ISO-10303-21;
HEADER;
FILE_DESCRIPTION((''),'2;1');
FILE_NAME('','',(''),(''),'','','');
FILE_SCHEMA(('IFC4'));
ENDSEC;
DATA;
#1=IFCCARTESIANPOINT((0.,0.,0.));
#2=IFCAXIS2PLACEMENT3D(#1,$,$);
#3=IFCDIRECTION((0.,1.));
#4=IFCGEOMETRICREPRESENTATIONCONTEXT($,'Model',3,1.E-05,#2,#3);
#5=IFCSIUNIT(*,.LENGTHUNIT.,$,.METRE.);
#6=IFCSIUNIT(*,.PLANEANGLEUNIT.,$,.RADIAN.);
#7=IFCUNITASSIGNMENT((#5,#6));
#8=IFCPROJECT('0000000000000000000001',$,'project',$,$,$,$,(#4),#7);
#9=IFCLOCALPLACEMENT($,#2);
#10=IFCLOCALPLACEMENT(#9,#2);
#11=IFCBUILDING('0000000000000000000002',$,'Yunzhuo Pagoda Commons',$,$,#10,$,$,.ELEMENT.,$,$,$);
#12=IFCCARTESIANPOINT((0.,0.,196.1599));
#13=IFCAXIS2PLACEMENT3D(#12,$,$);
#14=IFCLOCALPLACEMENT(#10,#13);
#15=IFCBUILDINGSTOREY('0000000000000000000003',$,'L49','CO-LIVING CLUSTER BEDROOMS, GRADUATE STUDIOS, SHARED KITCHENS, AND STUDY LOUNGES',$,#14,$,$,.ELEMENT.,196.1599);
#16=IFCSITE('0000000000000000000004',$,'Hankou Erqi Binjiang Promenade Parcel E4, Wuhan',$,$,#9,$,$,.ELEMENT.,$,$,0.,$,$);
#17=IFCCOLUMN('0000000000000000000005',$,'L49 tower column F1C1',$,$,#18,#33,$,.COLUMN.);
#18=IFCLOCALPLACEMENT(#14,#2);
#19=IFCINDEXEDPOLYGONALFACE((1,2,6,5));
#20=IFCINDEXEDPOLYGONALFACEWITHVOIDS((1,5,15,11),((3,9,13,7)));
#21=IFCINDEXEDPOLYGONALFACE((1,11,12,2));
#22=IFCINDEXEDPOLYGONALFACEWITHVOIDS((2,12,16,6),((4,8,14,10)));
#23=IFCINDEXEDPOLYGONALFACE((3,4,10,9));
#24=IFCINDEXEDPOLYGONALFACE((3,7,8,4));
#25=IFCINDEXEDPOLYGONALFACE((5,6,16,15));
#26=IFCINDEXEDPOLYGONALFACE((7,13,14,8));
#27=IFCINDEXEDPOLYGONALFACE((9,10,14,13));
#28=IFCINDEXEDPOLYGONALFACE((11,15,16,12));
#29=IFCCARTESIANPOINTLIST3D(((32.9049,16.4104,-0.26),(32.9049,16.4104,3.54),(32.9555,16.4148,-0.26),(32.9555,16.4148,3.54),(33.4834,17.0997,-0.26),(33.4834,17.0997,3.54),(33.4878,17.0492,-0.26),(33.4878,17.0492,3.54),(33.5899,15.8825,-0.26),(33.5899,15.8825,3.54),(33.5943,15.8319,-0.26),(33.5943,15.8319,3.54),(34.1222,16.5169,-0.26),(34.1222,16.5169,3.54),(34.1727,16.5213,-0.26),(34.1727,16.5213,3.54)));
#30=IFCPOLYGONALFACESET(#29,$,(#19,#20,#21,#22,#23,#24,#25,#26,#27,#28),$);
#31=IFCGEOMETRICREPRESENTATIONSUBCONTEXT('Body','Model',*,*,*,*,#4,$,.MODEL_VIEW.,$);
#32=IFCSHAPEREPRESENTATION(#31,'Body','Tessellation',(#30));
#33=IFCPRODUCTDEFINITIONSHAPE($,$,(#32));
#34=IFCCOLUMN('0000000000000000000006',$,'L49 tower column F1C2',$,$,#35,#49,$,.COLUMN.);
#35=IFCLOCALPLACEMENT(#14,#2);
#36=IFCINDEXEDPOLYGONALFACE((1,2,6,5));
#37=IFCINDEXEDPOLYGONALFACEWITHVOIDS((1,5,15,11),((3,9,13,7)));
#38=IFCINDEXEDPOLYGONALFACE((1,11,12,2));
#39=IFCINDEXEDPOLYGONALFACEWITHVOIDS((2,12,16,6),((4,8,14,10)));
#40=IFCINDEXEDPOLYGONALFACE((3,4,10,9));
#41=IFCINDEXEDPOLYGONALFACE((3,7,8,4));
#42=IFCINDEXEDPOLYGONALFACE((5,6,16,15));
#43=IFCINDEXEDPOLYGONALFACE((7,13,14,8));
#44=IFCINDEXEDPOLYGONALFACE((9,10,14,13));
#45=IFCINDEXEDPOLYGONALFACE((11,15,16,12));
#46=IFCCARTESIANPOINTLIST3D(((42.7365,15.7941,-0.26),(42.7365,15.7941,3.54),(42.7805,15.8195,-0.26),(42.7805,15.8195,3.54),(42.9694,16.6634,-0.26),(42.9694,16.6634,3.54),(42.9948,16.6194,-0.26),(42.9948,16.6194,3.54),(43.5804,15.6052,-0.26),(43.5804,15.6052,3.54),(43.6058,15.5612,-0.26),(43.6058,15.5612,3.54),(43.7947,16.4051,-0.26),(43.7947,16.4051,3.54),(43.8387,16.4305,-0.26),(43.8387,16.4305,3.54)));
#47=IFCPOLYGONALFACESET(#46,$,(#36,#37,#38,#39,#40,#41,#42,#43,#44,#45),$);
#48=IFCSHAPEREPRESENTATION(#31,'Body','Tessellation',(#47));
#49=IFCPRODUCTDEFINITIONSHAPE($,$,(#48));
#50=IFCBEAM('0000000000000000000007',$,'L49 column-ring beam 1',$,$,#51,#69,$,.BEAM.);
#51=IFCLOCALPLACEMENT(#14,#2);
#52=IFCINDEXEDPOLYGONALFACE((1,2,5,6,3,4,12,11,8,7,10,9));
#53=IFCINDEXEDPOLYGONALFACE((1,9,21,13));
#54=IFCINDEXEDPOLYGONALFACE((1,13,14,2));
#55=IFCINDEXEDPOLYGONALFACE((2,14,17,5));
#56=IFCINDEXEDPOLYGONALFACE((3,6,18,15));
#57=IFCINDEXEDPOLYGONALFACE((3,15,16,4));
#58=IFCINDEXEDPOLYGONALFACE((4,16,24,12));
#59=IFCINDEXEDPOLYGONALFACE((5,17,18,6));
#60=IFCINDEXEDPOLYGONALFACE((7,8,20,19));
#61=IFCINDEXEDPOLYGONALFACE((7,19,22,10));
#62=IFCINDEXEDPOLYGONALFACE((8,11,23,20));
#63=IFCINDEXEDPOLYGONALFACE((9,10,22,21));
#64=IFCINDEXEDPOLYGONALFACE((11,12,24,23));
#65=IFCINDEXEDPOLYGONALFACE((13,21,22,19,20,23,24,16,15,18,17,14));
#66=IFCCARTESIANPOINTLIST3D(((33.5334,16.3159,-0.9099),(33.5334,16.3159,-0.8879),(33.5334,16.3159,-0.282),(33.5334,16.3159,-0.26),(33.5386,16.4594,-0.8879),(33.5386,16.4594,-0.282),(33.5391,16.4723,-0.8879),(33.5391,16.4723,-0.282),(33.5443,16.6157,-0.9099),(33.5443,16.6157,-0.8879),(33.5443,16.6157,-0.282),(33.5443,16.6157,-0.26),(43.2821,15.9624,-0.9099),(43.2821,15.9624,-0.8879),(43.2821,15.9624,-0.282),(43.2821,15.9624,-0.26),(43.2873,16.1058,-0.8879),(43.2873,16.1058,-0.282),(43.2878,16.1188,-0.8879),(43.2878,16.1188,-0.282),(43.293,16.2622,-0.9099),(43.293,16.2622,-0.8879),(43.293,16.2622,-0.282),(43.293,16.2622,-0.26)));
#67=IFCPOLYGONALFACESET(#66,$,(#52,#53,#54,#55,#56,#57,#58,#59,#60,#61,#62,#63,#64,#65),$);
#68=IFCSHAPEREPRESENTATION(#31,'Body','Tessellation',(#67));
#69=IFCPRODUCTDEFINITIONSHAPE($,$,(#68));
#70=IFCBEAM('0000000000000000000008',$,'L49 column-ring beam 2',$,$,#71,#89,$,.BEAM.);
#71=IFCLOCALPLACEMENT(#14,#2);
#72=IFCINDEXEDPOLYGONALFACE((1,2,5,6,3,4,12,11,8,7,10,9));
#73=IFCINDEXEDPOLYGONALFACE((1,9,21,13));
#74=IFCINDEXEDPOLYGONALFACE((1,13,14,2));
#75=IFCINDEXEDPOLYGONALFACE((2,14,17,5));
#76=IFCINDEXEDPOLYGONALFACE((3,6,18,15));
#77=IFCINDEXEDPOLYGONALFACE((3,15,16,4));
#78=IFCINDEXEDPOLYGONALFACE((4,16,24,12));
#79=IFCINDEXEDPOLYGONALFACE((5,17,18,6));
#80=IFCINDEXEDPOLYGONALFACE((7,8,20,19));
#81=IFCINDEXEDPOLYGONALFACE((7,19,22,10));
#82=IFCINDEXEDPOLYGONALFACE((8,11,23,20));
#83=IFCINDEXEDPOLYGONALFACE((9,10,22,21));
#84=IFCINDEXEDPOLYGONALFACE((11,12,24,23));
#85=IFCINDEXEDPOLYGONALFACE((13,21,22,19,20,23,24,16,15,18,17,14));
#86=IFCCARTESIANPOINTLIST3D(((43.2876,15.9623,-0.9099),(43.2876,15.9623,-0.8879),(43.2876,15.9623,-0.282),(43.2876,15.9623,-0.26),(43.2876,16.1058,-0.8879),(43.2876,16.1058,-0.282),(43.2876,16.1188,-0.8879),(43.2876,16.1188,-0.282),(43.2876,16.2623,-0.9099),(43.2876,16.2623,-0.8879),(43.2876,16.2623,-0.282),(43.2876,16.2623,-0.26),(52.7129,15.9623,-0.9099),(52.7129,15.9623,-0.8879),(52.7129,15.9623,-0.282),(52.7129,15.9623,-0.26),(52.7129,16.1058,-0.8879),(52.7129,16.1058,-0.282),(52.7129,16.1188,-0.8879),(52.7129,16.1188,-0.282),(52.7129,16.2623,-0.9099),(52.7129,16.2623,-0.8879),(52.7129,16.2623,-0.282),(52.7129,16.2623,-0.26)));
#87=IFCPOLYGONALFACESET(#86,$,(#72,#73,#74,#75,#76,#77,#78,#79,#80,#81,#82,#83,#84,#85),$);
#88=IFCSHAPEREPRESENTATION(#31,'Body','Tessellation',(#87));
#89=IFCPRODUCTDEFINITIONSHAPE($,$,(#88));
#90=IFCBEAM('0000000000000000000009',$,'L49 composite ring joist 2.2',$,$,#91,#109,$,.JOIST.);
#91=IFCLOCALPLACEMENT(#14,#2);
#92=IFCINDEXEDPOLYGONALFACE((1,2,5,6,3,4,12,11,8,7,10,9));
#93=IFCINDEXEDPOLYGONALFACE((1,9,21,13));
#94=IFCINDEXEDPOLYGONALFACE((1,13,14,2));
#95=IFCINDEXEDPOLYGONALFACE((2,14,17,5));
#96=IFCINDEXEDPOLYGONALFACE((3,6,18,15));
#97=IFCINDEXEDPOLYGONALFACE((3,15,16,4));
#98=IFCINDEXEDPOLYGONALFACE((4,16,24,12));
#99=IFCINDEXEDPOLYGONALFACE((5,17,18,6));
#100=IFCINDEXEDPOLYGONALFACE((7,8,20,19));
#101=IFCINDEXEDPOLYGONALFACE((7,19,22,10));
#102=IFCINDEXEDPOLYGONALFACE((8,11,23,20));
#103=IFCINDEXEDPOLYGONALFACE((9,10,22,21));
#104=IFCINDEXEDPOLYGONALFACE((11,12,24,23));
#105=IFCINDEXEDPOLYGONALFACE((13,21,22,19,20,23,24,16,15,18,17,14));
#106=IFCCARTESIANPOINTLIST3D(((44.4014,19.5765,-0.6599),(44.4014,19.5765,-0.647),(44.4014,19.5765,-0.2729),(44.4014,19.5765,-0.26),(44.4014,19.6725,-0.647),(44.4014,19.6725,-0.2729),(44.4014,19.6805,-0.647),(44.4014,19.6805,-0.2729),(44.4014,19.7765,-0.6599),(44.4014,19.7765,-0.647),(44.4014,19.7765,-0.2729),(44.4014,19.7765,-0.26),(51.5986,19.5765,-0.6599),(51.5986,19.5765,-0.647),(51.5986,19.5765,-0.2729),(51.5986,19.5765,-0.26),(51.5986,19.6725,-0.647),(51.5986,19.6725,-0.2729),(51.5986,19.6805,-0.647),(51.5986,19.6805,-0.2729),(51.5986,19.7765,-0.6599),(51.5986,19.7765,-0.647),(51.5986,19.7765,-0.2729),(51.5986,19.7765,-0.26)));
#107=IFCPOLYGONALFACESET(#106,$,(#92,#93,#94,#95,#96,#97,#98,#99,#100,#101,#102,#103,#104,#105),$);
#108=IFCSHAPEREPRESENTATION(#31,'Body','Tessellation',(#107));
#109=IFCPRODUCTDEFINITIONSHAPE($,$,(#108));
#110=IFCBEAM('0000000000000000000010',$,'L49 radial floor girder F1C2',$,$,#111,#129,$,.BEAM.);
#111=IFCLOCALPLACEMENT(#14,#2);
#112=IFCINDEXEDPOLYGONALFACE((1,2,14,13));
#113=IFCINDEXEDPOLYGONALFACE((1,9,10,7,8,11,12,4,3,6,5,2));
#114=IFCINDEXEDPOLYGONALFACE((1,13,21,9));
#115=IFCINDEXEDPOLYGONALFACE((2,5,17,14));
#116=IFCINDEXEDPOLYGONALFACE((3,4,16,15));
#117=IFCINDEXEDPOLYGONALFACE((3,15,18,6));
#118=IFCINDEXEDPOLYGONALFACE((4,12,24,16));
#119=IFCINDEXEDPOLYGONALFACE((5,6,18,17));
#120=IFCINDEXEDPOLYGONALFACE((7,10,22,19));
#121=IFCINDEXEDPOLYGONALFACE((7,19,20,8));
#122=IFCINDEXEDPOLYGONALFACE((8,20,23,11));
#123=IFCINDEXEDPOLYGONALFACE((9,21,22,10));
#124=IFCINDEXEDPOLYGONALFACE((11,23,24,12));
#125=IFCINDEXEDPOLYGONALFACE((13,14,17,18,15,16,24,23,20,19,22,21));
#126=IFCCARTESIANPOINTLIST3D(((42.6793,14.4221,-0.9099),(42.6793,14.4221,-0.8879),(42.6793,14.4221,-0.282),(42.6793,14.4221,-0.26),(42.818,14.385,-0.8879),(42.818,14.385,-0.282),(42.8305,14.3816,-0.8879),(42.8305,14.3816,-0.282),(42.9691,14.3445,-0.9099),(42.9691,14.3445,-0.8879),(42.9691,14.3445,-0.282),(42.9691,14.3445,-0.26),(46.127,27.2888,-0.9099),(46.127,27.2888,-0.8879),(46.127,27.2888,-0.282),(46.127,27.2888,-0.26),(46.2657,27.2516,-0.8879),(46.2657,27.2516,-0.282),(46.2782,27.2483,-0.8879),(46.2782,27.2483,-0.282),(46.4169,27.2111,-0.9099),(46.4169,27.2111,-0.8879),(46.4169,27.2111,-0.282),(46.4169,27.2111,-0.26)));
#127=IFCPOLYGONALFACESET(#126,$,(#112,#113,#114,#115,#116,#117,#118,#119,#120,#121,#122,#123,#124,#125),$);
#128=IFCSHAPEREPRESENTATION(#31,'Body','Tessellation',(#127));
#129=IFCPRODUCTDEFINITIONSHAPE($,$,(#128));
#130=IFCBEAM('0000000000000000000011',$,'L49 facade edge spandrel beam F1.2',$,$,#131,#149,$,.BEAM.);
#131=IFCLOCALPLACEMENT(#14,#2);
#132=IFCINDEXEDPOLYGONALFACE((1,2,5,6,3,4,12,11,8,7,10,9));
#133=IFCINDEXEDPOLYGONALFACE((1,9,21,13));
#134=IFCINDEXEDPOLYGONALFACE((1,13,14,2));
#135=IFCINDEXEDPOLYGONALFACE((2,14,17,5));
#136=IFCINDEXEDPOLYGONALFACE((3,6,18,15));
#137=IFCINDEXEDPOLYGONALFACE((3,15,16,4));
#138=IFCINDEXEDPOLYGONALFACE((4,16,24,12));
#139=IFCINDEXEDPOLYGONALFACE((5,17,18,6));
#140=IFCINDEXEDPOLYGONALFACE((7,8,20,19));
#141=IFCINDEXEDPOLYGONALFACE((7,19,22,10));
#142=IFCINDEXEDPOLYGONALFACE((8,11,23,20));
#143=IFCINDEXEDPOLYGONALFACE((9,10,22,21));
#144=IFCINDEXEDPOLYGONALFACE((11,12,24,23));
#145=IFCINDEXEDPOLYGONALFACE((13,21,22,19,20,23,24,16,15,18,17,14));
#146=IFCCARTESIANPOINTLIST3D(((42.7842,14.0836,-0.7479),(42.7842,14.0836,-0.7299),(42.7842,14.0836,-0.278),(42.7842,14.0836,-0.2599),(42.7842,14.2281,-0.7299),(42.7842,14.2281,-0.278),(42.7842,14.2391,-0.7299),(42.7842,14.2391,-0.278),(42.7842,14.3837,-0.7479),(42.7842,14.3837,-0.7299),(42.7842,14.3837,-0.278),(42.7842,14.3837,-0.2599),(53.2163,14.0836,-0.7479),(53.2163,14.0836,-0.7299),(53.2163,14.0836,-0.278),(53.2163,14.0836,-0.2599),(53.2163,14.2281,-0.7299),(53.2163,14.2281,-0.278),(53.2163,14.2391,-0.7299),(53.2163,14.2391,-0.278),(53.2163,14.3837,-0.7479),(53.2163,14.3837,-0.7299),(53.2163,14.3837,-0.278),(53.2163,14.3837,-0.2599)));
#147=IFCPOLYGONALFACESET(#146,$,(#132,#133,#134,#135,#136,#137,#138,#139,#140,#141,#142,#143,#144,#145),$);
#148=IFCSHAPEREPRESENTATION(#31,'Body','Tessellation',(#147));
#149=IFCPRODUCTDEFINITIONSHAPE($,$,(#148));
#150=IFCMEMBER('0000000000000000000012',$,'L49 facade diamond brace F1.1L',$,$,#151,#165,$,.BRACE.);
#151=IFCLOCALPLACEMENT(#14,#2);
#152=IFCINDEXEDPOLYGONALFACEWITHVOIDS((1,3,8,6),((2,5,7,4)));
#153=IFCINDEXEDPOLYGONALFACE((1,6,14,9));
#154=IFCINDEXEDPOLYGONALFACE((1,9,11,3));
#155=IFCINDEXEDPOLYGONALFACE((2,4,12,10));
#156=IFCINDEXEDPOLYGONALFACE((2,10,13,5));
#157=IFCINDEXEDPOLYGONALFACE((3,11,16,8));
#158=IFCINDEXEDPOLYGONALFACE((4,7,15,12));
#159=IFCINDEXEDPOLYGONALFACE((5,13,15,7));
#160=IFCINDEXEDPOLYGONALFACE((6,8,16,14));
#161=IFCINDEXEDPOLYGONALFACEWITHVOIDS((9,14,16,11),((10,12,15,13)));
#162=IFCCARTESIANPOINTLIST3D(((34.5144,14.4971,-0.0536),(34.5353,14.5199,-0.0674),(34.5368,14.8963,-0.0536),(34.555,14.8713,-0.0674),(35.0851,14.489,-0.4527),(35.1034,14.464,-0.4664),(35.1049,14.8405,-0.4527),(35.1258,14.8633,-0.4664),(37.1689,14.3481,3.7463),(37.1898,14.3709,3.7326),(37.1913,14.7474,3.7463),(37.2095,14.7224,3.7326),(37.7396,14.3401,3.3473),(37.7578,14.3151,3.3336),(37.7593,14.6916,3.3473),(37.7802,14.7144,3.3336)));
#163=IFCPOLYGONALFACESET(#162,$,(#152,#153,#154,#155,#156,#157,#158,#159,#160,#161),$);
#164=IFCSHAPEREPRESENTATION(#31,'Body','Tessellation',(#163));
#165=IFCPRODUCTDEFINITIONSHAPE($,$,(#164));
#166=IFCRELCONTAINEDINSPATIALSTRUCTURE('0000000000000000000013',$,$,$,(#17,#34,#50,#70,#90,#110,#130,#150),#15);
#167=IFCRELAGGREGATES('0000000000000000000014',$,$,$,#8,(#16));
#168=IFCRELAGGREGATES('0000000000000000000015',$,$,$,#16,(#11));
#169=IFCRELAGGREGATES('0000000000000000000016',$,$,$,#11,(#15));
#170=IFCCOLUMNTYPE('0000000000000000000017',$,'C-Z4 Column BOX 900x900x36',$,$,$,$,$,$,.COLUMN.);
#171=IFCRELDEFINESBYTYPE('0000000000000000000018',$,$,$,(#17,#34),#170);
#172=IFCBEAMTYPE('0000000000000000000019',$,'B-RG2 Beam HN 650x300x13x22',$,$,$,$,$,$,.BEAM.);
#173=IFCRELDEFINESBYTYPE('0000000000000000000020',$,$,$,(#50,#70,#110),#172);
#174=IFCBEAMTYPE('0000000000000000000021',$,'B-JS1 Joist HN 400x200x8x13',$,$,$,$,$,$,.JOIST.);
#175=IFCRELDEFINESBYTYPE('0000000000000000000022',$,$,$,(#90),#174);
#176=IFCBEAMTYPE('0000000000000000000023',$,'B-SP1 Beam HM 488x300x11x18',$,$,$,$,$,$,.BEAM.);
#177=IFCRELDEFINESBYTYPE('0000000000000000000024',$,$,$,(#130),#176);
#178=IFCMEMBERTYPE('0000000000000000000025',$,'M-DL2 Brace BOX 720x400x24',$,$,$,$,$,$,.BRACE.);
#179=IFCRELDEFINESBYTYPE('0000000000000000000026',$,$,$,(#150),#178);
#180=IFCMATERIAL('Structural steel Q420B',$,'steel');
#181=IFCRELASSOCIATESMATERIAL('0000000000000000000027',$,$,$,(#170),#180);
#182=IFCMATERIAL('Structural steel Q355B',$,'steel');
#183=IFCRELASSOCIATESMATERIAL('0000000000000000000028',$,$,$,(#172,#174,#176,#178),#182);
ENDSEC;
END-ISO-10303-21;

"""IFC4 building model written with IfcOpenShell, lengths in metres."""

from ifc_helpers import new_model, si_unit, direction, frame, origin, origin_2d, place, context, subcontext, project, spatial, hollow_rectangle, i_section, extrude, source, transform, mapped, material, material_profile, profile_set, type_object, element, save


model = new_model("IFC4")

# Units and contexts
model_context = context("Model", 3, precision=1e-05, world=origin(), true_north=direction((0.0, 1.0)))
body_context = subcontext(model_context, "Body", "Model", "MODEL_VIEW")
ifc_project = project(units=[si_unit("LENGTHUNIT", "METRE"), si_unit("PLANEANGLEUNIT", "RADIAN")], contexts=[model_context])

# Site, building, storey
site_placement = place(None, origin())
site = spatial("IfcSite", under=ifc_project, at=site_placement, Name="Hankou Erqi Binjiang Promenade Parcel E4, Wuhan", CompositionType="ELEMENT", RefElevation=0.0)
building_placement = place(site_placement, origin())
building = spatial("IfcBuilding", under=site, at=building_placement, Name="Yunzhuo Pagoda Commons", CompositionType="ELEMENT")
storey_placement = place(building_placement, frame((0.0, 0.0, 196.1599)))
storey = spatial("IfcBuildingStorey", under=building, at=storey_placement, Name="L49", Description="CO-LIVING CLUSTER BEDROOMS, GRADUATE STUDIOS, SHARED KITCHENS, AND STUDY LOUNGES", CompositionType="ELEMENT", Elevation=196.1599)

# Columns
ifc_material_1 = material(Name="Structural steel Q420B", Category="steel")
ifc_material_profile_1 = material_profile(ifc_material_1, hollow_rectangle(XDim=0.8999, YDim=0.8999, WallThickness=0.0359, at=origin_2d()), Name="Structural steel Q420B")
ifc_profile_set_1 = profile_set([ifc_material_profile_1], Name="Structural steel Q420B")
column_type = type_object("IfcColumnType", Name="C-Z4 Column BOX 900x900x36", PredefinedType="COLUMN", material=ifc_profile_set_1)
shared_shape_1 = source(origin(), body_context, "Body", "SweptSolid", [
    extrude(hollow_rectangle(XDim=0.8999, YDim=0.8999, WallThickness=0.0359, at=origin_2d()), origin(), (0.0, 0.0, 1.0), 3.8),
])
for number, where, z_axis, x_axis, name in (
    (1, (33.5388, 16.4658, -0.26), (0.0, 0.0, 1.0), (0.766044, -0.642788, 0.0), "L49 tower column F1C1"),
    (2, (43.2876, 16.1123, -0.26), (0.0, 0.0, 1.0), (0.965926, -0.258819, 0.0), "L49 tower column F1C2"),
):
    element("IfcColumn", number, at=place(storey_placement, frame(where, z_axis=z_axis, x_axis=x_axis)), inside=storey, type_object=column_type, Name=name, PredefinedType="COLUMN", context=body_context, shape_type="MappedRepresentation", body=[
        mapped(shared_shape_1, transform((0.0, 0.0, 0.0), scale=1.0)),
    ])

# Beams
ifc_material_2 = material(Name="Structural steel Q355B", Category="steel")
ifc_material_profile_2 = material_profile(ifc_material_2, i_section(OverallWidth=0.3, OverallDepth=0.6499, WebThickness=0.0129, FlangeThickness=0.022, at=origin_2d()), Name="Structural steel Q355B")
ifc_profile_set_2 = profile_set([ifc_material_profile_2], Name="Structural steel Q355B")
beam_type_1 = type_object("IfcBeamType", Name="B-RG2 Beam HN 650x300x13x22", PredefinedType="BEAM", material=ifc_profile_set_2)
shared_shape_2 = source(origin(), body_context, "Body", "SweptSolid", [
    extrude(i_section(OverallWidth=0.3, OverallDepth=0.6499, WebThickness=0.0129, FlangeThickness=0.022, at=origin_2d()), origin(), (0.0, 0.0, 1.0), 9.7551),
])
beam_1_placement = place(storey_placement, frame((33.5388, 16.4658, -0.585), z_axis=(0.999343, -0.036239, 0.0), x_axis=(0.036239, 0.999343, 0.0)))
element("IfcBeam", 3, at=beam_1_placement, inside=storey, type_object=beam_type_1, Name="L49 column-ring beam 1", PredefinedType="BEAM", context=body_context, shape_type="MappedRepresentation", body=[
    mapped(shared_shape_2, transform((0.0, 0.0, 0.0), scale=1.0)),
])
shared_shape_3 = source(origin(), body_context, "Body", "SweptSolid", [
    extrude(i_section(OverallWidth=0.3, OverallDepth=0.6499, WebThickness=0.0129, FlangeThickness=0.022, at=origin_2d()), origin(), (0.0, 0.0, 1.0), 9.4253),
])
beam_2_placement = place(storey_placement, frame((43.2876, 16.1123, -0.585), z_axis=(1.0, 0.0, 0.0), x_axis=(0.0, 1.0, 0.0)))
element("IfcBeam", 4, at=beam_2_placement, inside=storey, type_object=beam_type_1, Name="L49 column-ring beam 2", PredefinedType="BEAM", context=body_context, shape_type="MappedRepresentation", body=[
    mapped(shared_shape_3, transform((0.0, 0.0, 0.0), scale=1.0)),
])
ifc_material_profile_3 = material_profile(ifc_material_2, i_section(OverallWidth=0.2, OverallDepth=0.3999, WebThickness=0.0081, FlangeThickness=0.0129, at=origin_2d()), Name="Structural steel Q355B")
ifc_profile_set_3 = profile_set([ifc_material_profile_3], Name="Structural steel Q355B")
beam_type_2 = type_object("IfcBeamType", Name="B-JS1 Joist HN 400x200x8x13", PredefinedType="JOIST", material=ifc_profile_set_3)
shared_shape_4 = source(origin(), body_context, "Body", "SweptSolid", [
    extrude(i_section(OverallWidth=0.2, OverallDepth=0.3999, WebThickness=0.0081, FlangeThickness=0.0129, at=origin_2d()), origin(), (0.0, 0.0, 1.0), 7.1973),
])
beam_3_placement = place(storey_placement, frame((44.4014, 19.6765, -0.46), z_axis=(1.0, 0.0, 0.0), x_axis=(0.0, 1.0, 0.0)))
element("IfcBeam", 5, at=beam_3_placement, inside=storey, type_object=beam_type_2, Name="L49 composite ring joist 2.2", PredefinedType="JOIST", context=body_context, shape_type="MappedRepresentation", body=[
    mapped(shared_shape_4, transform((0.0, 0.0, 0.0), scale=1.0)),
])
shared_shape_5 = source(origin(), body_context, "Body", "SweptSolid", [
    extrude(i_section(OverallWidth=0.3, OverallDepth=0.6499, WebThickness=0.0129, FlangeThickness=0.022, at=origin_2d()), origin(), (0.0, 0.0, 1.0), 13.3206),
])
beam_4_placement = place(storey_placement, frame((42.8242, 14.3833, -0.585), z_axis=(0.258828, 0.965923, 0.0), x_axis=(-0.965923, 0.258828, 0.0)))
element("IfcBeam", 6, at=beam_4_placement, inside=storey, type_object=beam_type_1, Name="L49 radial floor girder F1C2", PredefinedType="BEAM", context=body_context, shape_type="MappedRepresentation", body=[
    mapped(shared_shape_5, transform((0.0, 0.0, 0.0), scale=1.0)),
])
ifc_material_profile_4 = material_profile(ifc_material_2, i_section(OverallWidth=0.3, OverallDepth=0.488, WebThickness=0.011, FlangeThickness=0.0181, at=origin_2d()), Name="Structural steel Q355B")
ifc_profile_set_4 = profile_set([ifc_material_profile_4], Name="Structural steel Q355B")
beam_type_3 = type_object("IfcBeamType", Name="B-SP1 Beam HM 488x300x11x18", PredefinedType="BEAM", material=ifc_profile_set_4)
shared_shape_6 = source(origin(), body_context, "Body", "SweptSolid", [
    extrude(i_section(OverallWidth=0.3, OverallDepth=0.488, WebThickness=0.011, FlangeThickness=0.0181, at=origin_2d()), origin(), (0.0, 0.0, 1.0), 10.4321),
])
beam_5_placement = place(storey_placement, frame((42.7842, 14.2336, -0.5039), z_axis=(1.0, 0.0, 0.0), x_axis=(0.0, 1.0, 0.0)))
element("IfcBeam", 7, at=beam_5_placement, inside=storey, type_object=beam_type_3, Name="L49 facade edge spandrel beam F1.2", PredefinedType="BEAM", context=body_context, shape_type="MappedRepresentation", body=[
    mapped(shared_shape_6, transform((0.0, 0.0, 0.0), scale=1.0)),
])

# Member
ifc_material_profile_5 = material_profile(ifc_material_2, hollow_rectangle(XDim=0.3999, YDim=0.72, WallThickness=0.0239, at=origin_2d()), Name="Structural steel Q355B")
ifc_profile_set_5 = profile_set([ifc_material_profile_5], Name="Structural steel Q355B")
member_type_1 = type_object("IfcMemberType", Name="M-DL2 Brace BOX 720x400x24", PredefinedType="BRACE", material=ifc_profile_set_5)
shared_shape_7 = source(origin(), body_context, "Body", "SweptSolid", [
    extrude(hollow_rectangle(XDim=0.3999, YDim=0.72, WallThickness=0.0239, at=origin_2d()), origin(), (0.0, 0.0, 1.0), 4.6377),
])
member_1_placement = place(storey_placement, frame((34.8201, 14.6802, -0.26), z_axis=(0.572371, -0.032111, 0.819366), x_axis=(0.056014, 0.99843, 0.0)))
element("IfcMember", 8, at=member_1_placement, inside=storey, type_object=member_type_1, Name="L49 facade diamond brace F1.1L", PredefinedType="BRACE", context=body_context, shape_type="MappedRepresentation", body=[
    mapped(shared_shape_7, transform((0.0, 0.0, 0.0), scale=1.0)),
])

save(model, "model.ifc")
